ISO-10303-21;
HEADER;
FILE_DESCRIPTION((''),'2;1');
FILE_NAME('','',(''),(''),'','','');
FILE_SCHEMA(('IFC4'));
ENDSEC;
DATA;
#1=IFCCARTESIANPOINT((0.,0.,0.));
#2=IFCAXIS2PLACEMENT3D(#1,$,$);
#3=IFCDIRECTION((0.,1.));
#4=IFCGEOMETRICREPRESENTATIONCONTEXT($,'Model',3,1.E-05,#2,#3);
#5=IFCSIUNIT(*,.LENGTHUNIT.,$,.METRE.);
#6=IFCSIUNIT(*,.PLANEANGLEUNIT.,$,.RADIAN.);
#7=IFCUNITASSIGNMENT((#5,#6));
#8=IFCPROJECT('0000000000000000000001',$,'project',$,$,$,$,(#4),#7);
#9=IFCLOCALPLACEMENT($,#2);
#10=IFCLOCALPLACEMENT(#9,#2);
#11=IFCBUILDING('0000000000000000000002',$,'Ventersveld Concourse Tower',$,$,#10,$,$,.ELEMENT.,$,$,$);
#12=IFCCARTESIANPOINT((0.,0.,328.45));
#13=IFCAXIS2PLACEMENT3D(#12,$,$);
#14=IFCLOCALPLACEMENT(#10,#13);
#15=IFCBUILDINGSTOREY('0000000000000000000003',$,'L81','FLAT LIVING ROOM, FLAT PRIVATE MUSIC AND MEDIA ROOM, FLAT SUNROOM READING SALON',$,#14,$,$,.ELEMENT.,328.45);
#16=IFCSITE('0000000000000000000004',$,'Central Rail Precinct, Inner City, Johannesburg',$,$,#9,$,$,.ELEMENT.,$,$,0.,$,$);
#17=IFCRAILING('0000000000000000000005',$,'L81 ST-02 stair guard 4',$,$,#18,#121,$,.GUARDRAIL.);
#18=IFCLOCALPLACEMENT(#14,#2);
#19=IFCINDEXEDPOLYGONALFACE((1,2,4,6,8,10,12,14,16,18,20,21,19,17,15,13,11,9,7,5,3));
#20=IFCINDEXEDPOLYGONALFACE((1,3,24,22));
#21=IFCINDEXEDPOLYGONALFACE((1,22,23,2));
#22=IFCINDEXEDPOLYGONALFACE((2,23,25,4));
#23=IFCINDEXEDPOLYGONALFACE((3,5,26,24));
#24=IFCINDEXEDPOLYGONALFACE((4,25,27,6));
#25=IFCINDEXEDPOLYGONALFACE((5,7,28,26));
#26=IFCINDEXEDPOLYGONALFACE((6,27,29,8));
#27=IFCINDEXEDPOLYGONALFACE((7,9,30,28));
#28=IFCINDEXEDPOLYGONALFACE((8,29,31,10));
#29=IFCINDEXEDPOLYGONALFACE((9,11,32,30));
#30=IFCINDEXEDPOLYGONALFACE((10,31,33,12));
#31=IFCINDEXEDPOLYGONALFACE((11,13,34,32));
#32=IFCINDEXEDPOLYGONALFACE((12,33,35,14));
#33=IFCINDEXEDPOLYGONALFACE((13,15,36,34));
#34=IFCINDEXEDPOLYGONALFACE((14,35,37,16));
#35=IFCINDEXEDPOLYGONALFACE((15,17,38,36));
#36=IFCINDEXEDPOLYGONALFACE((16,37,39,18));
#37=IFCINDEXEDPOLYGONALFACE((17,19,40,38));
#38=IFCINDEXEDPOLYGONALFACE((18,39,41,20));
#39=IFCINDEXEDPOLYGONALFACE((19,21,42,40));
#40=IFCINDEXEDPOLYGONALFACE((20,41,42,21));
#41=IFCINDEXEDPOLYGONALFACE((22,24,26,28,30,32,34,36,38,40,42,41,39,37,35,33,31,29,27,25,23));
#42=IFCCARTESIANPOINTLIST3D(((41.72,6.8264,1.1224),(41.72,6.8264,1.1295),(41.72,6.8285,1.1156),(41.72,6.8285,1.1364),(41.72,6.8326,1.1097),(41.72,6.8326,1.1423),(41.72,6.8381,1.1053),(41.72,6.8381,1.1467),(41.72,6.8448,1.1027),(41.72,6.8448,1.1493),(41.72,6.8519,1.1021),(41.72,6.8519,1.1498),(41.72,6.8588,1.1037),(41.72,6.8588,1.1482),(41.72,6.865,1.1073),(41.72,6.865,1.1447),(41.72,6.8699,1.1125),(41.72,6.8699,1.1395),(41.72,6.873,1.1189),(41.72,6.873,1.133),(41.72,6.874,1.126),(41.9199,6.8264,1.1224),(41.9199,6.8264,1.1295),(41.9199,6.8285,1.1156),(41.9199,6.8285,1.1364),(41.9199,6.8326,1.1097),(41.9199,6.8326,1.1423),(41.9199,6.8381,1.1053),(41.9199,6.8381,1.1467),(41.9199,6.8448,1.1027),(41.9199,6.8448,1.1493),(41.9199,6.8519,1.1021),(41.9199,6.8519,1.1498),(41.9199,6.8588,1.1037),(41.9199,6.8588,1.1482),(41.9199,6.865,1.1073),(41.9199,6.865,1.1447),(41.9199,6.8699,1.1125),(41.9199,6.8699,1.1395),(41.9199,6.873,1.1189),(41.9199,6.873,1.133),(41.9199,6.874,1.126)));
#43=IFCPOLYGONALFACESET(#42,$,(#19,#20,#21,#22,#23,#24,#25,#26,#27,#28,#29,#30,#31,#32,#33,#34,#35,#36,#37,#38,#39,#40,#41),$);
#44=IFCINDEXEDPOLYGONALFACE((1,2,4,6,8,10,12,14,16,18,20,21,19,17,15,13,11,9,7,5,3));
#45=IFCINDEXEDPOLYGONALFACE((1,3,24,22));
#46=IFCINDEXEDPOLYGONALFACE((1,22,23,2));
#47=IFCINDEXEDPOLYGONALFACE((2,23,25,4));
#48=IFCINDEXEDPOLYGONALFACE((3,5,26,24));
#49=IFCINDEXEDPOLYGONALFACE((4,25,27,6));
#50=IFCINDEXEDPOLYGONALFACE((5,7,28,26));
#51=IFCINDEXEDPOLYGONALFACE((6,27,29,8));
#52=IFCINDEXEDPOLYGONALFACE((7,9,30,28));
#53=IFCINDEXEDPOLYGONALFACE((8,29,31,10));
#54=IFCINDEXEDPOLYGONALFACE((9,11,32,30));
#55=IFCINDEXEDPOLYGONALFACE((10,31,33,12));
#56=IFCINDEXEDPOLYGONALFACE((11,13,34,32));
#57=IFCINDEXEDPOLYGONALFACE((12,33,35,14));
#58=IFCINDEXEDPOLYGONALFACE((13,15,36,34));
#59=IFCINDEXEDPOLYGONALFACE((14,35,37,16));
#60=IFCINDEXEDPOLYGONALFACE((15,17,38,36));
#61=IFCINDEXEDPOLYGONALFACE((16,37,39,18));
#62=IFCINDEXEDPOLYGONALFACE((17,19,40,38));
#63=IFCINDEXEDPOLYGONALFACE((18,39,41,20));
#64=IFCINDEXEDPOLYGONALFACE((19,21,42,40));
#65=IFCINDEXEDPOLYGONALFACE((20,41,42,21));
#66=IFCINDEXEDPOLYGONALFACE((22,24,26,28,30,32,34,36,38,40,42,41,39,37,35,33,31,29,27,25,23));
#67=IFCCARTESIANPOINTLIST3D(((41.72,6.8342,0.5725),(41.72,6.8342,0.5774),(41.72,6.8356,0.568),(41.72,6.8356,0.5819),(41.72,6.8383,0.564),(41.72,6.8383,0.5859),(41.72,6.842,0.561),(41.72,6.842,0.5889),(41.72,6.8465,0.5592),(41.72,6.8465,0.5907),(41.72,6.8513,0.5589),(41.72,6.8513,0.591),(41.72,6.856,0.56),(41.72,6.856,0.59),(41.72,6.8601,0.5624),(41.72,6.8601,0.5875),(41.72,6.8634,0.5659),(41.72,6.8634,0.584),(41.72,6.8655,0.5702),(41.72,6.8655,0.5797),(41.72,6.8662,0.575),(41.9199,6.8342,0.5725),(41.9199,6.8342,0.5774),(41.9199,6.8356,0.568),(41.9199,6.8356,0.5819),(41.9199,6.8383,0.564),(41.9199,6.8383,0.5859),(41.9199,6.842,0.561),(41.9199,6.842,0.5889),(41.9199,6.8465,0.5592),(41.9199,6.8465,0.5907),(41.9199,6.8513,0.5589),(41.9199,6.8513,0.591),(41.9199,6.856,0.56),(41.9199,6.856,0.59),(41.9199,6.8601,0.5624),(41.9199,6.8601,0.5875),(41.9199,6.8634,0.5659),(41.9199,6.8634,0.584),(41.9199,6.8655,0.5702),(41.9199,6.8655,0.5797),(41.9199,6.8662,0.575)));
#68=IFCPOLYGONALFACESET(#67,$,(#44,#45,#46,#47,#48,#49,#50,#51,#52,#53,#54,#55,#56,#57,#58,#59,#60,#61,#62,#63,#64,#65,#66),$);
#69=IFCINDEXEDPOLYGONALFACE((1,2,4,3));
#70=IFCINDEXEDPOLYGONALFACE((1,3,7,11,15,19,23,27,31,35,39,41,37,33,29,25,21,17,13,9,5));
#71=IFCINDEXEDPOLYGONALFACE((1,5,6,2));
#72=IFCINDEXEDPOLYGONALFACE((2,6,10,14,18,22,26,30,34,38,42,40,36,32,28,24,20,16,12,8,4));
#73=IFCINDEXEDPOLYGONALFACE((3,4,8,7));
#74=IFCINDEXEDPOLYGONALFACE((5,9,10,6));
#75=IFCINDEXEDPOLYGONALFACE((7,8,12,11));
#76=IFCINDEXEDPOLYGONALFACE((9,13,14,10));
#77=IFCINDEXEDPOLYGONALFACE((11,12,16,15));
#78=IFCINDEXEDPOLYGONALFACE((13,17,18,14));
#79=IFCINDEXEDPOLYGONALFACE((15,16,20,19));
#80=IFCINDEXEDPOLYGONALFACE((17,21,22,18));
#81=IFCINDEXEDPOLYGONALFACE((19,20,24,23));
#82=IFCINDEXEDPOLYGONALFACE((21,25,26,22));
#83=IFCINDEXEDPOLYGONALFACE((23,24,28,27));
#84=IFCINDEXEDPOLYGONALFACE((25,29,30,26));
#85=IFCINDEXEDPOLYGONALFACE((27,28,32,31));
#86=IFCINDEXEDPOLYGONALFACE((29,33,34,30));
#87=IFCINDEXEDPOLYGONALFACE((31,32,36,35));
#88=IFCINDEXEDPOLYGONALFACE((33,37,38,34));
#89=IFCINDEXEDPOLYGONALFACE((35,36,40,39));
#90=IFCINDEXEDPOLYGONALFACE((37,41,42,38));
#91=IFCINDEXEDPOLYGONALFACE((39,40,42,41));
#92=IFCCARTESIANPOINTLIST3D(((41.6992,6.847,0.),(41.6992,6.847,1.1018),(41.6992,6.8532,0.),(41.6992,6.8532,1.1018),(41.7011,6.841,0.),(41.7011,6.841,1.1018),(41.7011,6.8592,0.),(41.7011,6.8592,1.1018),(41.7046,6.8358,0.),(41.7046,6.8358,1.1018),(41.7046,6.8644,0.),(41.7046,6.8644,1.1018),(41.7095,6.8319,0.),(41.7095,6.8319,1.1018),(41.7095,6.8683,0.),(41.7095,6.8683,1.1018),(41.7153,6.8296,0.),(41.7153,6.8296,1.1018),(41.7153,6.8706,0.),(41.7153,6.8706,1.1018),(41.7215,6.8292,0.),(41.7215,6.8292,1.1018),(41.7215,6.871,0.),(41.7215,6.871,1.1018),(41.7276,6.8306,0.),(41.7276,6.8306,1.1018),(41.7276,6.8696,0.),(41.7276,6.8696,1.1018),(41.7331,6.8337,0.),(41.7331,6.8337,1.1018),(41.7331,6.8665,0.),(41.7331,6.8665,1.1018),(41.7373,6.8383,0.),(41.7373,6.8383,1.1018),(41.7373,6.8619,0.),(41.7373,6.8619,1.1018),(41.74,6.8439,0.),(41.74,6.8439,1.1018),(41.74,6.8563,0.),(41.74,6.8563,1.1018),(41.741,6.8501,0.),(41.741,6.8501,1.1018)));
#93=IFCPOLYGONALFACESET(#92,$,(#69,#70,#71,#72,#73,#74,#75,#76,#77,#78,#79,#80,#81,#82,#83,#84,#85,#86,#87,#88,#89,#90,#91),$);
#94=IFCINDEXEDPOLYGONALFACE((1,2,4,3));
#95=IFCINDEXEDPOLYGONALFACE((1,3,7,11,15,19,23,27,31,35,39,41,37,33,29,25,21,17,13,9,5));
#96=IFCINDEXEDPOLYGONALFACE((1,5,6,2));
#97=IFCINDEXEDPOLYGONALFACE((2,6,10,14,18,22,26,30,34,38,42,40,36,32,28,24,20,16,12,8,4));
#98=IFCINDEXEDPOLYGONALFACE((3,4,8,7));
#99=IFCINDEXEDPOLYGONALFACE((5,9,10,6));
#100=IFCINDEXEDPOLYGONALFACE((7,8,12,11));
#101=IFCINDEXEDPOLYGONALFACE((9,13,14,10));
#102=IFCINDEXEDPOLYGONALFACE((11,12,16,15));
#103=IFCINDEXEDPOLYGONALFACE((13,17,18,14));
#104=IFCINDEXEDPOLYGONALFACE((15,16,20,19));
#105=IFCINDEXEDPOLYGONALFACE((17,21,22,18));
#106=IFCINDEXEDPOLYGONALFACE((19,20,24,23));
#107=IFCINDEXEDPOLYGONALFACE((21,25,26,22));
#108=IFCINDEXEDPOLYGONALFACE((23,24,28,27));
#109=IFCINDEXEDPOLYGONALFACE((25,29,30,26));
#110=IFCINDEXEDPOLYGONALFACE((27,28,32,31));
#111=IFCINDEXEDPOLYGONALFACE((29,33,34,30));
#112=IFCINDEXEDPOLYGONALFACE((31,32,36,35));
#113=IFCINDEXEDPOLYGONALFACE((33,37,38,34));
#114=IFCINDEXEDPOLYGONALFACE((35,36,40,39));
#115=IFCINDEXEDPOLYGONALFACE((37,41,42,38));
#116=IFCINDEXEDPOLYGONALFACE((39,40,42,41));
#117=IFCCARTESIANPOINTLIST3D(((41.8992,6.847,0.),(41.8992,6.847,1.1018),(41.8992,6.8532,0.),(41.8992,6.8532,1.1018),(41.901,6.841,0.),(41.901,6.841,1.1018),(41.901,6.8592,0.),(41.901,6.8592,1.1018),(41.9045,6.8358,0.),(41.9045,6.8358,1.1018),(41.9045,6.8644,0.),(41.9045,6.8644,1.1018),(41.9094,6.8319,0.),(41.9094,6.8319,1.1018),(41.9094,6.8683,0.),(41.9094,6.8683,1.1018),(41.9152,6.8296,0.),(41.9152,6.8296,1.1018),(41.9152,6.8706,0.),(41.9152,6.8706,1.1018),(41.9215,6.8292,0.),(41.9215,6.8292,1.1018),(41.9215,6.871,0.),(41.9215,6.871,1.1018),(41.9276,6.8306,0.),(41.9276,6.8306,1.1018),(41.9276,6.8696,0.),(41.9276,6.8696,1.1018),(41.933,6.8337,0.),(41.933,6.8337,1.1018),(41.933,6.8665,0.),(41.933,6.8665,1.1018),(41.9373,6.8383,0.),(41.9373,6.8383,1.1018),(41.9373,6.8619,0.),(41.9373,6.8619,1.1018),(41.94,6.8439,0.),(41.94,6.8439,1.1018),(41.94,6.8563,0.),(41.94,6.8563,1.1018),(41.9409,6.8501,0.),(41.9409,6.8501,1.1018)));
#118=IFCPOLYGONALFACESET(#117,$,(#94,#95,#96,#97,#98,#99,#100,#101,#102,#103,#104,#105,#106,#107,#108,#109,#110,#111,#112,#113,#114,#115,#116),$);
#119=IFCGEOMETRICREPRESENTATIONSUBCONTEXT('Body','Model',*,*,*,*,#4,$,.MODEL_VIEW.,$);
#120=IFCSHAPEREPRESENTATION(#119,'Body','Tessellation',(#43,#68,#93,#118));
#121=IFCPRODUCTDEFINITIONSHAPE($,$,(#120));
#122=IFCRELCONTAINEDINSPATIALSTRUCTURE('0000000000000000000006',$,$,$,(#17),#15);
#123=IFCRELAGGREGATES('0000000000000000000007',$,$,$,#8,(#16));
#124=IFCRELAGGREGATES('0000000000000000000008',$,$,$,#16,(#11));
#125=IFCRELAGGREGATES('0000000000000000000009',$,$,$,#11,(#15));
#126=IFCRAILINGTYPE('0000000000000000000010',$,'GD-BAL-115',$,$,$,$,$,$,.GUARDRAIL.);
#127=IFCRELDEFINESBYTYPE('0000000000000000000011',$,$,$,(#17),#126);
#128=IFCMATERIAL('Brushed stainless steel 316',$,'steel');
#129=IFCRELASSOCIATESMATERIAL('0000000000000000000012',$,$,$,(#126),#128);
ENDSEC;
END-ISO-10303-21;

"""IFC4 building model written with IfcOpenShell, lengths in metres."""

from ifc_helpers import new_model, si_unit, direction, frame, origin, origin_2d, place, context, subcontext, project, spatial, circle, extrude, material, type_object, element, save


model = new_model("IFC4")

# Units and contexts
model_context = context("Model", 3, precision=1e-05, world=origin(), true_north=direction((0.0, 1.0)))
body_context = subcontext(model_context, "Body", "Model", "MODEL_VIEW")
ifc_project = project(units=[si_unit("LENGTHUNIT", "METRE"), si_unit("PLANEANGLEUNIT", "RADIAN")], contexts=[model_context])

# Site, building, storey
site_placement = place(None, origin())
site = spatial("IfcSite", under=ifc_project, at=site_placement, Name="Central Rail Precinct, Inner City, Johannesburg", CompositionType="ELEMENT", RefElevation=0.0)
building_placement = place(site_placement, origin())
building = spatial("IfcBuilding", under=site, at=building_placement, Name="Ventersveld Concourse Tower", CompositionType="ELEMENT")
storey_placement = place(building_placement, frame((0.0, 0.0, 328.45)))
storey = spatial("IfcBuildingStorey", under=building, at=storey_placement, Name="L81", Description="FLAT LIVING ROOM, FLAT PRIVATE MUSIC AND MEDIA ROOM, FLAT SUNROOM READING SALON", CompositionType="ELEMENT", Elevation=328.45)

# Shared definitions
ifc_material_1 = material(Name="Brushed stainless steel 316", Category="steel")

# Railing
railing_type_1 = type_object("IfcRailingType", Name="GD-BAL-115", PredefinedType="GUARDRAIL", material=ifc_material_1)
railing_1_placement = place(storey_placement, frame((41.72, 6.8501, 0.0)))
element("IfcRailing", 1, at=railing_1_placement, inside=storey, type_object=railing_type_1, Name="L81 ST-02 stair guard 4", PredefinedType="GUARDRAIL", context=body_context, shape_type="SweptSolid", body=[
    extrude(circle(Radius=0.0239, at=origin_2d()), frame((0.0, 0.0, 1.126), z_axis=(1.0, 0.0, 0.0), x_axis=(0.0, 1.0, 0.0)), (0.0, 0.0, 1.0), 0.2),
    extrude(circle(Radius=0.0161, at=origin_2d()), frame((0.0, 0.0, 0.575), z_axis=(1.0, 0.0, 0.0), x_axis=(0.0, 1.0, 0.0)), (0.0, 0.0, 1.0), 0.2),
    extrude(circle(Radius=0.021, at=origin_2d()), origin(), (0.0, 0.0, 1.0), 1.1018),
    extrude(circle(Radius=0.021, at=origin_2d()), frame((0.2, 0.0, 0.0)), (0.0, 0.0, 1.0), 1.1018),
])

save(model, "model.ifc")
